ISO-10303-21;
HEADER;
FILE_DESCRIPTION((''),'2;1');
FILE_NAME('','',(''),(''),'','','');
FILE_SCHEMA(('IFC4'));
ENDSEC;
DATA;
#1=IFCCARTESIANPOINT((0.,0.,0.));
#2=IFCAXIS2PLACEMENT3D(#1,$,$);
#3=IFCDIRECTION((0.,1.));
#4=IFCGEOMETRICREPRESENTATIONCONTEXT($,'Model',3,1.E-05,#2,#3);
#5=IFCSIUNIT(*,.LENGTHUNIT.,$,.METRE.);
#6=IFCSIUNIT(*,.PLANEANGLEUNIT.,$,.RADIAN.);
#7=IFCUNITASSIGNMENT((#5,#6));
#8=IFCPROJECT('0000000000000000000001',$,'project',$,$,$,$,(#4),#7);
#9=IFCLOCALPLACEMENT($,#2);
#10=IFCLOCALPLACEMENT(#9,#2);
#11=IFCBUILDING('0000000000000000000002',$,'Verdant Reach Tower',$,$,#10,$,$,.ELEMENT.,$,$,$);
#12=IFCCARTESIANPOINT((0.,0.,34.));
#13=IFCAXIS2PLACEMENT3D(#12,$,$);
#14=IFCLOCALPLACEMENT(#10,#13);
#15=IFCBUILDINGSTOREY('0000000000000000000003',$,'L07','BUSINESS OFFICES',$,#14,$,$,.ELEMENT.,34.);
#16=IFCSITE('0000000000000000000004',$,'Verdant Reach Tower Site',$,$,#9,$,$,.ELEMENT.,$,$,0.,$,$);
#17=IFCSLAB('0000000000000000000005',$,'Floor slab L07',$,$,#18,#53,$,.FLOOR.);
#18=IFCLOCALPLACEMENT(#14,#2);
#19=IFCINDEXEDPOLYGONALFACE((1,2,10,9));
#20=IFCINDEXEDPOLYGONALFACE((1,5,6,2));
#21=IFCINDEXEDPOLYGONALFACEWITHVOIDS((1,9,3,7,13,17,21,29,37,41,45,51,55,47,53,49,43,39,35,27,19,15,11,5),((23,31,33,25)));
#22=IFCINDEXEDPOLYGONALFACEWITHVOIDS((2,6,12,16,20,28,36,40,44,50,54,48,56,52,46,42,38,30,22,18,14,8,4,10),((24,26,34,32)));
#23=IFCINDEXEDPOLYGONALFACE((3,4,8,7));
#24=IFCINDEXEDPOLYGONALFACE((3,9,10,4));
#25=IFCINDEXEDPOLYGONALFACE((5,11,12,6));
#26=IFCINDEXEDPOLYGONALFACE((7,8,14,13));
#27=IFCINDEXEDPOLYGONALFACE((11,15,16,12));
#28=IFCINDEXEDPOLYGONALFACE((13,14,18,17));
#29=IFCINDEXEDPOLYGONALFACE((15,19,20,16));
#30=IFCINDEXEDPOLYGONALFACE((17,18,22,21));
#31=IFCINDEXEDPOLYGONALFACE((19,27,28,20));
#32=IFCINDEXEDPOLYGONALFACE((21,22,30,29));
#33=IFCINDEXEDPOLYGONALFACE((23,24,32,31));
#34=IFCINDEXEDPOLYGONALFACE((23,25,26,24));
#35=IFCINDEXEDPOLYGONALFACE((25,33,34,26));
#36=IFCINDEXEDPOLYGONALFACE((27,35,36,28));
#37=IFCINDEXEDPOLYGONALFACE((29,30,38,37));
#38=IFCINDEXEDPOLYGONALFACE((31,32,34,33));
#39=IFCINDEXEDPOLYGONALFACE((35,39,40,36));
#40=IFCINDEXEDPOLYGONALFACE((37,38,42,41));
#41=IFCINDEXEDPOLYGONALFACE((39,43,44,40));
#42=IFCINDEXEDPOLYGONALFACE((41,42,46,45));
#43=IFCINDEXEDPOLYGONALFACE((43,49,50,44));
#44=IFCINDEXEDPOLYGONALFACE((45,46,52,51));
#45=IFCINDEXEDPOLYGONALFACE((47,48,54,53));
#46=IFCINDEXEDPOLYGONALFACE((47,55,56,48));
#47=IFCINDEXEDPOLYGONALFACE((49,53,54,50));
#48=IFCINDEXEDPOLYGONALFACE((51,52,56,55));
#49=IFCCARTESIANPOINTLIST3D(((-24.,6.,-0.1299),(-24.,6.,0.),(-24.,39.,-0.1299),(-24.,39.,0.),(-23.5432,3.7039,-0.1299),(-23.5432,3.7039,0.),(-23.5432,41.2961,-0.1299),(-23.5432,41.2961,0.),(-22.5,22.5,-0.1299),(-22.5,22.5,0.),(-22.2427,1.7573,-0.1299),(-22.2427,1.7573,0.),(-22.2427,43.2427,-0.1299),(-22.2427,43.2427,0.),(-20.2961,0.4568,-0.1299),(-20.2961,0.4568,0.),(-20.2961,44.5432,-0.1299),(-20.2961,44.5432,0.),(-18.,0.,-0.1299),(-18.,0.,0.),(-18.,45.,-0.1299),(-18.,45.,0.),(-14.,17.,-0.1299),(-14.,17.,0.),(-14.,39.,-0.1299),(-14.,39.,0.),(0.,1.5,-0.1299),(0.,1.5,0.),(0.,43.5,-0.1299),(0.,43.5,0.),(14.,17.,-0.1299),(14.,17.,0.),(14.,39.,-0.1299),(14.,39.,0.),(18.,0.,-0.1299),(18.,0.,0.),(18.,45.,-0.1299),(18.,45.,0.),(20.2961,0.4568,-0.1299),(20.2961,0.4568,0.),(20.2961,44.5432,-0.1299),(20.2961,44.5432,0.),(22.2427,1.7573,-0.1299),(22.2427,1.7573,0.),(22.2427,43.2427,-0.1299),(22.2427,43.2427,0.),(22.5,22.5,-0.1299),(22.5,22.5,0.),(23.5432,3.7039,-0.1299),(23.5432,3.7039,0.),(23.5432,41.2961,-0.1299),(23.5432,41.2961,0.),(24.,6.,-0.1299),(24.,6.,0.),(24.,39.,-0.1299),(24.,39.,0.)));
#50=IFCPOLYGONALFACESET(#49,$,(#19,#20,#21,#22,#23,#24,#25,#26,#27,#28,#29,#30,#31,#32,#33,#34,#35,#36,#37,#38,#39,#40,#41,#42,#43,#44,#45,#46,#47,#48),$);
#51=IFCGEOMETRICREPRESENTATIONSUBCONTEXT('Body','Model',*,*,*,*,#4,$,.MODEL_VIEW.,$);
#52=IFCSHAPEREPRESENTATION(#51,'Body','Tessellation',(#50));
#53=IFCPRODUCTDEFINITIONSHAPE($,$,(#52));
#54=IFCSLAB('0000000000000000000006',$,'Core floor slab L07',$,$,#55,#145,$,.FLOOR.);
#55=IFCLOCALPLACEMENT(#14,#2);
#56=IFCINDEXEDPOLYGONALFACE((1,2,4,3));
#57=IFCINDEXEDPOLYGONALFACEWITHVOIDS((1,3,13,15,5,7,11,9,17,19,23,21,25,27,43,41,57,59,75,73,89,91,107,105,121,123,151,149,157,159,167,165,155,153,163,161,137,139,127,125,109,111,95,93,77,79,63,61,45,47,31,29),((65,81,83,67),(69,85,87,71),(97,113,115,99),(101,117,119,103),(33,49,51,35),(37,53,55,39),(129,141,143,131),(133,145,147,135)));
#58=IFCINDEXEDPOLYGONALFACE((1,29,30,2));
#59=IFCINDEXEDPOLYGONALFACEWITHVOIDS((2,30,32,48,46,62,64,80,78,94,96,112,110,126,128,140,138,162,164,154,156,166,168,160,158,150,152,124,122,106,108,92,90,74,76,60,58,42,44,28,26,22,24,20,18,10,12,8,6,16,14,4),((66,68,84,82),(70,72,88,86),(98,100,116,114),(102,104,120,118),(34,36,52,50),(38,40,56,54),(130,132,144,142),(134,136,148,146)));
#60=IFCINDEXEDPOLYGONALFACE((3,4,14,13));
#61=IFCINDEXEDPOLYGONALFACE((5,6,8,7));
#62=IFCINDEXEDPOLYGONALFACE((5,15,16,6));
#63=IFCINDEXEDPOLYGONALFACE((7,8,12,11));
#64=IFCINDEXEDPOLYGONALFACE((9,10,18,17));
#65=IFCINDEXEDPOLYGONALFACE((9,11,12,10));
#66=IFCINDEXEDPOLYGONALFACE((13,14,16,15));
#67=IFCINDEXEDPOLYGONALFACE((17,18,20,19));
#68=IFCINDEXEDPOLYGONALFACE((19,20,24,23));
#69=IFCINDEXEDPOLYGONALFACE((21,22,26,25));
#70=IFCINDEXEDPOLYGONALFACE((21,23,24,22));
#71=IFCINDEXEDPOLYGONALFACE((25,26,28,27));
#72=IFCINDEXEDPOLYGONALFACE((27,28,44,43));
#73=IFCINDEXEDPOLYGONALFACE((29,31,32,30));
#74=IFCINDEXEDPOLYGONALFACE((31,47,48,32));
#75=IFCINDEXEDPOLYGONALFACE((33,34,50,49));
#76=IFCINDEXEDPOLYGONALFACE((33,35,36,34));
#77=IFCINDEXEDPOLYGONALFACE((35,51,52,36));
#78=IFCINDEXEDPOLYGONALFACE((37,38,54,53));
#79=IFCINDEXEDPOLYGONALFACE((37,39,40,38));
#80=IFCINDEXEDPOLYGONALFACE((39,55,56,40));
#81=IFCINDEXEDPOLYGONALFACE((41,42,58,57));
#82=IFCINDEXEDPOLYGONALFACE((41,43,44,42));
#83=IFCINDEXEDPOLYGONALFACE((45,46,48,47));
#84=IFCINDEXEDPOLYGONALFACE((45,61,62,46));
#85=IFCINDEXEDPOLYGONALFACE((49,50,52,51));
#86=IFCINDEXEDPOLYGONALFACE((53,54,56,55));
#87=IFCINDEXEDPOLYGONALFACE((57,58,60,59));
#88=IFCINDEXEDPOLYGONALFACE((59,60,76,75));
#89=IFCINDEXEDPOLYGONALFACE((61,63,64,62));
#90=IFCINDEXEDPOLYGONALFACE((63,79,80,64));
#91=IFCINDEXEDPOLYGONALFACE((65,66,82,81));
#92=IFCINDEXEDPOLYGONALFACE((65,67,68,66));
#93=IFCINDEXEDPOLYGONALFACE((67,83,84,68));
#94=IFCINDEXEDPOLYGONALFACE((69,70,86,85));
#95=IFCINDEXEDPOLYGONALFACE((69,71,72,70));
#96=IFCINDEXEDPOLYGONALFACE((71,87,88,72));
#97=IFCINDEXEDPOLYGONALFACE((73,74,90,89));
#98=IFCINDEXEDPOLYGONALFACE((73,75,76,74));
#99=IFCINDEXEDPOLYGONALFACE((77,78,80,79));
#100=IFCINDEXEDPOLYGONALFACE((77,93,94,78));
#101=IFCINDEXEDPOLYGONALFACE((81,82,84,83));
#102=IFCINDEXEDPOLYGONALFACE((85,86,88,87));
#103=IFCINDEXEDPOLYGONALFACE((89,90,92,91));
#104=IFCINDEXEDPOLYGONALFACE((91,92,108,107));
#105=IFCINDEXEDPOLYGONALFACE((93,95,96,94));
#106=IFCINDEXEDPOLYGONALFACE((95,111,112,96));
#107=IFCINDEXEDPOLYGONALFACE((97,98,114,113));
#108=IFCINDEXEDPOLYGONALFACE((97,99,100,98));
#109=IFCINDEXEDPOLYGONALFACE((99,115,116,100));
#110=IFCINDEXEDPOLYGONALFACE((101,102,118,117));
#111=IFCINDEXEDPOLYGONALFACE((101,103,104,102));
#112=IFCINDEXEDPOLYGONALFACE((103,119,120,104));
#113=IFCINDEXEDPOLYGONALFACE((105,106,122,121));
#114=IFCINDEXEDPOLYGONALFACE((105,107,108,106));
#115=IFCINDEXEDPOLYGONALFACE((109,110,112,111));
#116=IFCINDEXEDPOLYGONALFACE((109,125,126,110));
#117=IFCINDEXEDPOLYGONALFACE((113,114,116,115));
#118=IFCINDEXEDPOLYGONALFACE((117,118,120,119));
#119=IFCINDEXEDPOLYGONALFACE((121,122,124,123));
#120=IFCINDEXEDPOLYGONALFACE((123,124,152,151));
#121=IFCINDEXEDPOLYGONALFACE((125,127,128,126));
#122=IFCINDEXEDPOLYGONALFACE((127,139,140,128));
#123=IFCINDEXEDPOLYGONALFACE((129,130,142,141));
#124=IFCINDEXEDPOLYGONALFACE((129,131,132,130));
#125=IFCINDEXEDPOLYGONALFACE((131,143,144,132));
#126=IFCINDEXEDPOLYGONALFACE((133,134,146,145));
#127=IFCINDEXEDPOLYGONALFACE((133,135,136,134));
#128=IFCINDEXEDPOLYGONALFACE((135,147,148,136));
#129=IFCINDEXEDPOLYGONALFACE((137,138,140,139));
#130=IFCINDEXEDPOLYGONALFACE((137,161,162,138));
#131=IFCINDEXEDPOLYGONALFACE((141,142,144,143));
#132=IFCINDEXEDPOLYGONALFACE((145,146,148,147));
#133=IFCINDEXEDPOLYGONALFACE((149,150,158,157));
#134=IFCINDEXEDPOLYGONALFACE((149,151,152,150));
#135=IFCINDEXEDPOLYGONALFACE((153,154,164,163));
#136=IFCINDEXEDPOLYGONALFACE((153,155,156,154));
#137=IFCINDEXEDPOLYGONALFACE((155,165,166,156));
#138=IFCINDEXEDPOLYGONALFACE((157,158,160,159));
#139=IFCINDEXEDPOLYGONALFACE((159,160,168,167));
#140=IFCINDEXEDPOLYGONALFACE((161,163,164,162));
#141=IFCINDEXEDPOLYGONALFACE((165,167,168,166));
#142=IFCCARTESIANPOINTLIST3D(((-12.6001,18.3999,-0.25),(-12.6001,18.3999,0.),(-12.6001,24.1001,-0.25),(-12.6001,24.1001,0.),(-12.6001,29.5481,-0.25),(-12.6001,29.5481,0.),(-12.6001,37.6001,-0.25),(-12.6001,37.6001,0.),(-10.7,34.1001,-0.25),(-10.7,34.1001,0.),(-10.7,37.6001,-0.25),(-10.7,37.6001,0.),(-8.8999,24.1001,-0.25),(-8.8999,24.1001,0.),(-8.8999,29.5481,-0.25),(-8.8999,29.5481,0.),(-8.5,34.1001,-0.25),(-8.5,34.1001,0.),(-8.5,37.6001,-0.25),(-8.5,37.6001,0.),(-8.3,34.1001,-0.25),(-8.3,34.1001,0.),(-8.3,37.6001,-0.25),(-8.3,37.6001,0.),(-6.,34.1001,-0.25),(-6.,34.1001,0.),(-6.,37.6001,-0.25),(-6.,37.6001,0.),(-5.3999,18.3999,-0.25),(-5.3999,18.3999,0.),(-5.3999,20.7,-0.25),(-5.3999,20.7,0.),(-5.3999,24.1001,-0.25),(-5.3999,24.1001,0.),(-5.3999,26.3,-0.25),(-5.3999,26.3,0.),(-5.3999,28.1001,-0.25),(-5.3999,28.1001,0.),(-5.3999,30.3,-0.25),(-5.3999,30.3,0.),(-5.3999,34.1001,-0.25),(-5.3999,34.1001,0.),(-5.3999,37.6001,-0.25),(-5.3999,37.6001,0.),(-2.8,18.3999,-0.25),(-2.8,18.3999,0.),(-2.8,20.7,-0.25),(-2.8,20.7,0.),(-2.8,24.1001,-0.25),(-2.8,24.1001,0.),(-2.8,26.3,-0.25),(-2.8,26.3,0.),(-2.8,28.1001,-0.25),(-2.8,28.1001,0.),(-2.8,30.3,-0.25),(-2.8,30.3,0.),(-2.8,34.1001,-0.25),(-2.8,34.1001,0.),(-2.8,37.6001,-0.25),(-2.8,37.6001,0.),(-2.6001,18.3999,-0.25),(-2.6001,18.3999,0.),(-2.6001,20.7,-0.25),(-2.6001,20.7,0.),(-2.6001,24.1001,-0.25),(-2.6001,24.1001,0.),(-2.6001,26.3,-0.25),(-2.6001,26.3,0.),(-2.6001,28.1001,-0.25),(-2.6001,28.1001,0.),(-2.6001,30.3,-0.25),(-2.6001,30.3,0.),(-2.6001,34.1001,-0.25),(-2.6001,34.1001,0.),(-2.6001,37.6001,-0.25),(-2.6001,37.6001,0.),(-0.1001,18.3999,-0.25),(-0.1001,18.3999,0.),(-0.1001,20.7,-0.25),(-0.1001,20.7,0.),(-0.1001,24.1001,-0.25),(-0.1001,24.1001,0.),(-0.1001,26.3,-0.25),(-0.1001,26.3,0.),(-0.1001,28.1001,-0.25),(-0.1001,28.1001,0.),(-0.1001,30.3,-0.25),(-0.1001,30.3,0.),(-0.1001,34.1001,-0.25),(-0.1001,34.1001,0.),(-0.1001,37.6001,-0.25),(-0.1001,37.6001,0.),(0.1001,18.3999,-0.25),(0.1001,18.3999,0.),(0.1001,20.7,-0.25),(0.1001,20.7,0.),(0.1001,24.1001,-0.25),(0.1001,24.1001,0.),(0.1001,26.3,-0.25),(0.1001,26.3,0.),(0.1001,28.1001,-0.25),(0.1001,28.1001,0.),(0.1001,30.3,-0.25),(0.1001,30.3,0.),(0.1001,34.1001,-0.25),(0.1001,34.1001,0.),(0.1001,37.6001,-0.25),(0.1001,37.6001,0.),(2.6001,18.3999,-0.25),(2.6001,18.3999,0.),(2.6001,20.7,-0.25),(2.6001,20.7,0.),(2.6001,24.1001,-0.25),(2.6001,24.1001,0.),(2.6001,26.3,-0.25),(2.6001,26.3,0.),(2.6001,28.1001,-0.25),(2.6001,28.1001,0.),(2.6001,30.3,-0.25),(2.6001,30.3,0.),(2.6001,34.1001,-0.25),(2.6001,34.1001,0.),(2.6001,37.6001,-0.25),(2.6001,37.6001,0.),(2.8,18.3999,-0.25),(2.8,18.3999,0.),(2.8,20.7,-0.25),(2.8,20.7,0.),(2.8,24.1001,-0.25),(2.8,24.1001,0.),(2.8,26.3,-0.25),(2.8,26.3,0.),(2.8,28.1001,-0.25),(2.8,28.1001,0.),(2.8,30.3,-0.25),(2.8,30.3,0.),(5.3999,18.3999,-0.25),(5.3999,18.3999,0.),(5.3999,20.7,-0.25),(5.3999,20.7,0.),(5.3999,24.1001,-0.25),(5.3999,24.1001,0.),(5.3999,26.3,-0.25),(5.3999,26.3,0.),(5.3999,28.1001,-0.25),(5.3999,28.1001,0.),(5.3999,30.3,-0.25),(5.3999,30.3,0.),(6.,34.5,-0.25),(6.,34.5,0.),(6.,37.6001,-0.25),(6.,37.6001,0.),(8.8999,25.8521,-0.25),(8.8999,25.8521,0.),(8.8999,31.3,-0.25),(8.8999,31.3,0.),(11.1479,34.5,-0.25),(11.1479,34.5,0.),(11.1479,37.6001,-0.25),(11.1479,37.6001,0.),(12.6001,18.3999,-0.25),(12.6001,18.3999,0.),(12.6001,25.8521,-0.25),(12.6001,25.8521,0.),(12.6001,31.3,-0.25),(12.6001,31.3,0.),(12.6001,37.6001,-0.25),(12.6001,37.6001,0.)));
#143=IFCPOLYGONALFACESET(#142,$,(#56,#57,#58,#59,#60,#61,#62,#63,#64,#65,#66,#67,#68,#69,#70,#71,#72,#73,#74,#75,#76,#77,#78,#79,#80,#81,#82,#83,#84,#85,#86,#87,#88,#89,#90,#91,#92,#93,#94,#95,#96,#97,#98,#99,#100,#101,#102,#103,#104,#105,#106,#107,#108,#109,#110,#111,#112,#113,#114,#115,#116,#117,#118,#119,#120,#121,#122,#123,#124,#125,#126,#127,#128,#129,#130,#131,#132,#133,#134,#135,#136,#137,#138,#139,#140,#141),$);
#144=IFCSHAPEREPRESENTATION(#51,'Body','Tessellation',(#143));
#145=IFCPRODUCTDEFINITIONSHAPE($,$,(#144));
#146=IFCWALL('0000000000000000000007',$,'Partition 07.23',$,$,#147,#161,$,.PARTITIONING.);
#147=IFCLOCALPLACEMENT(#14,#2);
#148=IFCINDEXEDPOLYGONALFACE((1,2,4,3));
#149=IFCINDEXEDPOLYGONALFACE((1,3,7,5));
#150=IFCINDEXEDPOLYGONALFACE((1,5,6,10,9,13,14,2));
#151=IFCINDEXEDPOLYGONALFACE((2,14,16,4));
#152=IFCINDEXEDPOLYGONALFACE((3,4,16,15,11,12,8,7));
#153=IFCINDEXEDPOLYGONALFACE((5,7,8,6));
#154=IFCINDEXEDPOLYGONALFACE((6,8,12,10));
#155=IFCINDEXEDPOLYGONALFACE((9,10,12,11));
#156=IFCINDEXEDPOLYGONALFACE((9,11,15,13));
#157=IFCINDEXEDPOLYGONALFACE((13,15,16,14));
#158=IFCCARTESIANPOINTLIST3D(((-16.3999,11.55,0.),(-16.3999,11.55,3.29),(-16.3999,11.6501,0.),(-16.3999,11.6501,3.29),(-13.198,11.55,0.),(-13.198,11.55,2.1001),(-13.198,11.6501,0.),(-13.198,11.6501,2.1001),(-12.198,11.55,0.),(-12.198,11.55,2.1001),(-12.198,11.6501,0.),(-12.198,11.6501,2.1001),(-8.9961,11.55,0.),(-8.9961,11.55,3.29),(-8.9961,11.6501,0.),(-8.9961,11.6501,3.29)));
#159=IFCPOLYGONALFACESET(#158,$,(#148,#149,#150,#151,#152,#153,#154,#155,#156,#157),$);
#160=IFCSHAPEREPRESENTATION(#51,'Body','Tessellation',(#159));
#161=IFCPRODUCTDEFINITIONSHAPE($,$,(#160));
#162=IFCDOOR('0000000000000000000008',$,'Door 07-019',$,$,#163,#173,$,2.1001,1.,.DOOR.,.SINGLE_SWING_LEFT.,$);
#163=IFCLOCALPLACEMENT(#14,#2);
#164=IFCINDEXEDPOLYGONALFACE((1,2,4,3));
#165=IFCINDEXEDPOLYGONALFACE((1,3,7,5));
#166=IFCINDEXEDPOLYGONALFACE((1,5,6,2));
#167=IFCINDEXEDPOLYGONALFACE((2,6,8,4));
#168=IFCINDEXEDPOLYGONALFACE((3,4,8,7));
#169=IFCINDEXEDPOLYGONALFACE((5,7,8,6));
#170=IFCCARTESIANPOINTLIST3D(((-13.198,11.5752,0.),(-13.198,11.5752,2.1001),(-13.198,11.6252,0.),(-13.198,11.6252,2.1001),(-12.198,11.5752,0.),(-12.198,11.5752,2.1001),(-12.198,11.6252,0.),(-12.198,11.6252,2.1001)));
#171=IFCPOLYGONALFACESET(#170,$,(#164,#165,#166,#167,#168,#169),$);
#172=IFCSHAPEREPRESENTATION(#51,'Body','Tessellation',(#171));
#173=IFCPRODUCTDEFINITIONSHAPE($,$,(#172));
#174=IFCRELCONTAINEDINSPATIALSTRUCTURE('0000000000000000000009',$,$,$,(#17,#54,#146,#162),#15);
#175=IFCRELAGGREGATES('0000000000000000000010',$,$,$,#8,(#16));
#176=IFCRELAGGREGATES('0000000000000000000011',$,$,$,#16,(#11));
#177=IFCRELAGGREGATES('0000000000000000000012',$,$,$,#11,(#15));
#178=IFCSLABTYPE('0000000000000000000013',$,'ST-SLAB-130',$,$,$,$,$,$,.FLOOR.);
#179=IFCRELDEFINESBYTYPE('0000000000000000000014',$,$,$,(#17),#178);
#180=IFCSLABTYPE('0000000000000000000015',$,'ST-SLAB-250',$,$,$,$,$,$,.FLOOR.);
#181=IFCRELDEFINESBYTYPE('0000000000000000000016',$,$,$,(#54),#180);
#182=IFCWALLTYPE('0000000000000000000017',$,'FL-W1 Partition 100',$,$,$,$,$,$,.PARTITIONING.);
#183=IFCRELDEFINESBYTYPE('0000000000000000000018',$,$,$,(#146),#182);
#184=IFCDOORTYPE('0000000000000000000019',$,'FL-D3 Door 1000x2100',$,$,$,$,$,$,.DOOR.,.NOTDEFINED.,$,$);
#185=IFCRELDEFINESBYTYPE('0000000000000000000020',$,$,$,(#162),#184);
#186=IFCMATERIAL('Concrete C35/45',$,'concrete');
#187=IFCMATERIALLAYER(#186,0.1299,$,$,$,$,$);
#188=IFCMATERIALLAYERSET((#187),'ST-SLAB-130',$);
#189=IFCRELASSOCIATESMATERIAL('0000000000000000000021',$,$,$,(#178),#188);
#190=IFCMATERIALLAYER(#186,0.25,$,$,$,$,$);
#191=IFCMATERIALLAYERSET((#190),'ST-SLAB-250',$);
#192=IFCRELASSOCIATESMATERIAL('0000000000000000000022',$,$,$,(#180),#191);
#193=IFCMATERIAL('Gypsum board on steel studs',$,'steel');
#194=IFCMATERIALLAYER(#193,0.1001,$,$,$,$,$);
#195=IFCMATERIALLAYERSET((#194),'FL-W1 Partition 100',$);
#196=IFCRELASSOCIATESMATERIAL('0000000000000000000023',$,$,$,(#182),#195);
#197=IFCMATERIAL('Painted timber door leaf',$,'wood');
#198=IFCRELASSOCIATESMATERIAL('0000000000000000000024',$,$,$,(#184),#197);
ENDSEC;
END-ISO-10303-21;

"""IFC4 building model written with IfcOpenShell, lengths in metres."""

from ifc_helpers import new_model, si_unit, direction, frame, frame_2d, origin, place, context, subcontext, project, spatial, polyline, rectangle, outline, extrude, material, layer, layer_set, type_object, element, fill, save


model = new_model("IFC4")

# Units and contexts
model_context = context("Model", 3, precision=1e-05, world=origin(), true_north=direction((0.0, 1.0)))
body_context = subcontext(model_context, "Body", "Model", "MODEL_VIEW")
ifc_project = project(units=[si_unit("LENGTHUNIT", "METRE"), si_unit("PLANEANGLEUNIT", "RADIAN")], contexts=[model_context])

# Site, building, storey
site_placement = place(None, origin())
site = spatial("IfcSite", under=ifc_project, at=site_placement, Name="Verdant Reach Tower Site", CompositionType="ELEMENT", RefElevation=0.0)
building_placement = place(site_placement, origin())
building = spatial("IfcBuilding", under=site, at=building_placement, Name="Verdant Reach Tower", CompositionType="ELEMENT")
storey_placement = place(building_placement, frame((0.0, 0.0, 34.0)))
storey = spatial("IfcBuildingStorey", under=building, at=storey_placement, Name="L07", Description="BUSINESS OFFICES", CompositionType="ELEMENT", Elevation=34.0)

# Slabs
ifc_material_1 = material(Name="Concrete C35/45", Category="concrete")
ifc_layer_1 = layer(ifc_material_1, 0.1299)
ifc_layer_set_1 = layer_set([ifc_layer_1], Name="ST-SLAB-130")
slab_type_1 = type_object("IfcSlabType", Name="ST-SLAB-130", PredefinedType="FLOOR", material=ifc_layer_set_1)
slab_1_placement = place(storey_placement, frame((0.0, 0.0, -0.1299)))
element("IfcSlab", 1, at=slab_1_placement, inside=storey, type_object=slab_type_1, Name="Floor slab L07", PredefinedType="FLOOR", context=body_context, shape_type="SweptSolid", body=[
    extrude(outline(polyline([(0.0, 1.5), (-18.0, 0.0), (-20.2961, 0.4568), (-22.2427, 1.7573), (-23.5432, 3.7039), (-24.0, 6.0), (-22.5, 22.5), (-24.0, 39.0), (-23.5432, 41.2961), (-22.2427, 43.2427), (-20.2961, 44.5432), (-18.0, 45.0), (0.0, 43.5), (18.0, 45.0), (20.2961, 44.5432), (22.2427, 43.2427), (23.5432, 41.2961), (24.0, 39.0), (22.5, 22.5), (24.0, 6.0), (23.5432, 3.7039), (22.2427, 1.7573), (20.2961, 0.4568), (18.0, 0.0), (0.0, 1.5)]), holes=[polyline([(14.0, 39.0), (-14.0, 39.0), (-14.0, 17.0), (14.0, 17.0), (14.0, 39.0)])]), origin(), (0.0, 0.0, 1.0), 0.1299),
])
ifc_layer_2 = layer(ifc_material_1, 0.25)
ifc_layer_set_2 = layer_set([ifc_layer_2], Name="ST-SLAB-250")
slab_type_2 = type_object("IfcSlabType", Name="ST-SLAB-250", PredefinedType="FLOOR", material=ifc_layer_set_2)
slab_2_placement = place(storey_placement, frame((0.0, 0.0, -0.25)))
element("IfcSlab", 2, at=slab_2_placement, inside=storey, type_object=slab_type_2, Name="Core floor slab L07", PredefinedType="FLOOR", context=body_context, shape_type="SweptSolid", body=[
    extrude(outline(polyline([(12.6001, 18.3999), (5.3999, 18.3999), (5.3999, 20.7), (2.8, 20.7), (2.8, 18.3999), (2.6001, 18.3999), (2.6001, 20.7), (0.1001, 20.7), (0.1001, 18.3999), (-0.1001, 18.3999), (-0.1001, 20.7), (-2.6001, 20.7), (-2.6001, 18.3999), (-2.8, 18.3999), (-2.8, 20.7), (-5.3999, 20.7), (-5.3999, 18.3999), (-12.6001, 18.3999), (-12.6001, 24.1001), (-8.8999, 24.1001), (-8.8999, 29.5481), (-12.6001, 29.5481), (-12.6001, 37.6001), (-10.7, 37.6001), (-10.7, 34.1001), (-8.5, 34.1001), (-8.5, 37.6001), (-8.3, 37.6001), (-8.3, 34.1001), (-6.0, 34.1001), (-6.0, 37.6001), (-5.3999, 37.6001), (-5.3999, 34.1001), (-2.8, 34.1001), (-2.8, 37.6001), (-2.6001, 37.6001), (-2.6001, 34.1001), (-0.1001, 34.1001), (-0.1001, 37.6001), (0.1001, 37.6001), (0.1001, 34.1001), (2.6001, 34.1001), (2.6001, 37.6001), (6.0, 37.6001), (6.0, 34.5), (11.1479, 34.5), (11.1479, 37.6001), (12.6001, 37.6001), (12.6001, 31.3), (8.8999, 31.3), (8.8999, 25.8521), (12.6001, 25.8521), (12.6001, 18.3999)]), holes=[polyline([(-2.8, 24.1001), (-2.8, 26.3), (-5.3999, 26.3), (-5.3999, 24.1001), (-2.8, 24.1001)]), polyline([(-2.6001, 24.1001), (-0.1001, 24.1001), (-0.1001, 26.3), (-2.6001, 26.3), (-2.6001, 24.1001)]), polyline([(-2.8, 28.1001), (-2.8, 30.3), (-5.3999, 30.3), (-5.3999, 28.1001), (-2.8, 28.1001)]), polyline([(-0.1001, 28.1001), (-0.1001, 30.3), (-2.6001, 30.3), (-2.6001, 28.1001), (-0.1001, 28.1001)]), polyline([(2.6001, 24.1001), (2.6001, 26.3), (0.1001, 26.3), (0.1001, 24.1001), (2.6001, 24.1001)]), polyline([(2.8, 24.1001), (5.3999, 24.1001), (5.3999, 26.3), (2.8, 26.3), (2.8, 24.1001)]), polyline([(2.6001, 28.1001), (2.6001, 30.3), (0.1001, 30.3), (0.1001, 28.1001), (2.6001, 28.1001)]), polyline([(5.3999, 28.1001), (5.3999, 30.3), (2.8, 30.3), (2.8, 28.1001), (5.3999, 28.1001)])]), origin(), (0.0, 0.0, 1.0), 0.25),
])

# Wall, opening, door
ifc_material_2 = material(Name="Gypsum board on steel studs", Category="steel")
ifc_layer_3 = layer(ifc_material_2, 0.1001)
ifc_layer_set_3 = layer_set([ifc_layer_3], Name="FL-W1 Partition 100")
wall_type = type_object("IfcWallType", Name="FL-W1 Partition 100", PredefinedType="PARTITIONING", material=ifc_layer_set_3)
wall_1_placement = place(storey_placement, frame((-8.9961, 11.6001, 0.0), z_axis=(0.0, 0.0, 1.0), x_axis=(-1.0, 0.0, 0.0)))
wall_1 = element("IfcWall", 3, at=wall_1_placement, inside=storey, type_object=wall_type, Name="Partition 07.23", PredefinedType="PARTITIONING", context=body_context, shape_type="SweptSolid", body=[
    extrude(rectangle(XDim=7.4038, YDim=0.1001, at=frame_2d((3.7019, 0.0))), origin(), (0.0, 0.0, 1.0), 3.29),
])
opening_1_placement = place(wall_1_placement, frame((3.2019, 0.0, 0.0)))
opening_1 = element("IfcOpeningElement", 4, at=opening_1_placement, cuts=wall_1, PredefinedType="OPENING", context=body_context, shape_type="SweptSolid", body=[
    extrude(rectangle(XDim=1.0, YDim=2.1001, at=frame_2d((0.5, 1.05))), frame((0.0, 0.0601, 0.0), z_axis=(0.0, -1.0, 0.0), x_axis=(1.0, 0.0, 0.0)), (0.0, 0.0, 1.0), 0.1201),
])
ifc_material_3 = material(Name="Painted timber door leaf", Category="wood")
door_type = type_object("IfcDoorType", Name="FL-D3 Door 1000x2100", OperationType="NOTDEFINED", PredefinedType="DOOR", material=ifc_material_3)
door_1_placement = place(opening_1_placement, origin())
door_1 = element("IfcDoor", 5, at=door_1_placement, inside=storey, type_object=door_type, Name="Door 07-019", OperationType="SINGLE_SWING_LEFT", OverallHeight=2.1001, OverallWidth=1.0, PredefinedType="DOOR", context=body_context, shape_type="SweptSolid", body=[
    extrude(rectangle(XDim=1.0, YDim=2.1001, at=frame_2d((0.5, 1.05))), frame((0.0, 0.0249, 0.0), z_axis=(0.0, -1.0, 0.0), x_axis=(1.0, 0.0, 0.0)), (0.0, 0.0, 1.0), 0.05),
])
fill(opening_1, door_1)

save(model, "model.ifc")
